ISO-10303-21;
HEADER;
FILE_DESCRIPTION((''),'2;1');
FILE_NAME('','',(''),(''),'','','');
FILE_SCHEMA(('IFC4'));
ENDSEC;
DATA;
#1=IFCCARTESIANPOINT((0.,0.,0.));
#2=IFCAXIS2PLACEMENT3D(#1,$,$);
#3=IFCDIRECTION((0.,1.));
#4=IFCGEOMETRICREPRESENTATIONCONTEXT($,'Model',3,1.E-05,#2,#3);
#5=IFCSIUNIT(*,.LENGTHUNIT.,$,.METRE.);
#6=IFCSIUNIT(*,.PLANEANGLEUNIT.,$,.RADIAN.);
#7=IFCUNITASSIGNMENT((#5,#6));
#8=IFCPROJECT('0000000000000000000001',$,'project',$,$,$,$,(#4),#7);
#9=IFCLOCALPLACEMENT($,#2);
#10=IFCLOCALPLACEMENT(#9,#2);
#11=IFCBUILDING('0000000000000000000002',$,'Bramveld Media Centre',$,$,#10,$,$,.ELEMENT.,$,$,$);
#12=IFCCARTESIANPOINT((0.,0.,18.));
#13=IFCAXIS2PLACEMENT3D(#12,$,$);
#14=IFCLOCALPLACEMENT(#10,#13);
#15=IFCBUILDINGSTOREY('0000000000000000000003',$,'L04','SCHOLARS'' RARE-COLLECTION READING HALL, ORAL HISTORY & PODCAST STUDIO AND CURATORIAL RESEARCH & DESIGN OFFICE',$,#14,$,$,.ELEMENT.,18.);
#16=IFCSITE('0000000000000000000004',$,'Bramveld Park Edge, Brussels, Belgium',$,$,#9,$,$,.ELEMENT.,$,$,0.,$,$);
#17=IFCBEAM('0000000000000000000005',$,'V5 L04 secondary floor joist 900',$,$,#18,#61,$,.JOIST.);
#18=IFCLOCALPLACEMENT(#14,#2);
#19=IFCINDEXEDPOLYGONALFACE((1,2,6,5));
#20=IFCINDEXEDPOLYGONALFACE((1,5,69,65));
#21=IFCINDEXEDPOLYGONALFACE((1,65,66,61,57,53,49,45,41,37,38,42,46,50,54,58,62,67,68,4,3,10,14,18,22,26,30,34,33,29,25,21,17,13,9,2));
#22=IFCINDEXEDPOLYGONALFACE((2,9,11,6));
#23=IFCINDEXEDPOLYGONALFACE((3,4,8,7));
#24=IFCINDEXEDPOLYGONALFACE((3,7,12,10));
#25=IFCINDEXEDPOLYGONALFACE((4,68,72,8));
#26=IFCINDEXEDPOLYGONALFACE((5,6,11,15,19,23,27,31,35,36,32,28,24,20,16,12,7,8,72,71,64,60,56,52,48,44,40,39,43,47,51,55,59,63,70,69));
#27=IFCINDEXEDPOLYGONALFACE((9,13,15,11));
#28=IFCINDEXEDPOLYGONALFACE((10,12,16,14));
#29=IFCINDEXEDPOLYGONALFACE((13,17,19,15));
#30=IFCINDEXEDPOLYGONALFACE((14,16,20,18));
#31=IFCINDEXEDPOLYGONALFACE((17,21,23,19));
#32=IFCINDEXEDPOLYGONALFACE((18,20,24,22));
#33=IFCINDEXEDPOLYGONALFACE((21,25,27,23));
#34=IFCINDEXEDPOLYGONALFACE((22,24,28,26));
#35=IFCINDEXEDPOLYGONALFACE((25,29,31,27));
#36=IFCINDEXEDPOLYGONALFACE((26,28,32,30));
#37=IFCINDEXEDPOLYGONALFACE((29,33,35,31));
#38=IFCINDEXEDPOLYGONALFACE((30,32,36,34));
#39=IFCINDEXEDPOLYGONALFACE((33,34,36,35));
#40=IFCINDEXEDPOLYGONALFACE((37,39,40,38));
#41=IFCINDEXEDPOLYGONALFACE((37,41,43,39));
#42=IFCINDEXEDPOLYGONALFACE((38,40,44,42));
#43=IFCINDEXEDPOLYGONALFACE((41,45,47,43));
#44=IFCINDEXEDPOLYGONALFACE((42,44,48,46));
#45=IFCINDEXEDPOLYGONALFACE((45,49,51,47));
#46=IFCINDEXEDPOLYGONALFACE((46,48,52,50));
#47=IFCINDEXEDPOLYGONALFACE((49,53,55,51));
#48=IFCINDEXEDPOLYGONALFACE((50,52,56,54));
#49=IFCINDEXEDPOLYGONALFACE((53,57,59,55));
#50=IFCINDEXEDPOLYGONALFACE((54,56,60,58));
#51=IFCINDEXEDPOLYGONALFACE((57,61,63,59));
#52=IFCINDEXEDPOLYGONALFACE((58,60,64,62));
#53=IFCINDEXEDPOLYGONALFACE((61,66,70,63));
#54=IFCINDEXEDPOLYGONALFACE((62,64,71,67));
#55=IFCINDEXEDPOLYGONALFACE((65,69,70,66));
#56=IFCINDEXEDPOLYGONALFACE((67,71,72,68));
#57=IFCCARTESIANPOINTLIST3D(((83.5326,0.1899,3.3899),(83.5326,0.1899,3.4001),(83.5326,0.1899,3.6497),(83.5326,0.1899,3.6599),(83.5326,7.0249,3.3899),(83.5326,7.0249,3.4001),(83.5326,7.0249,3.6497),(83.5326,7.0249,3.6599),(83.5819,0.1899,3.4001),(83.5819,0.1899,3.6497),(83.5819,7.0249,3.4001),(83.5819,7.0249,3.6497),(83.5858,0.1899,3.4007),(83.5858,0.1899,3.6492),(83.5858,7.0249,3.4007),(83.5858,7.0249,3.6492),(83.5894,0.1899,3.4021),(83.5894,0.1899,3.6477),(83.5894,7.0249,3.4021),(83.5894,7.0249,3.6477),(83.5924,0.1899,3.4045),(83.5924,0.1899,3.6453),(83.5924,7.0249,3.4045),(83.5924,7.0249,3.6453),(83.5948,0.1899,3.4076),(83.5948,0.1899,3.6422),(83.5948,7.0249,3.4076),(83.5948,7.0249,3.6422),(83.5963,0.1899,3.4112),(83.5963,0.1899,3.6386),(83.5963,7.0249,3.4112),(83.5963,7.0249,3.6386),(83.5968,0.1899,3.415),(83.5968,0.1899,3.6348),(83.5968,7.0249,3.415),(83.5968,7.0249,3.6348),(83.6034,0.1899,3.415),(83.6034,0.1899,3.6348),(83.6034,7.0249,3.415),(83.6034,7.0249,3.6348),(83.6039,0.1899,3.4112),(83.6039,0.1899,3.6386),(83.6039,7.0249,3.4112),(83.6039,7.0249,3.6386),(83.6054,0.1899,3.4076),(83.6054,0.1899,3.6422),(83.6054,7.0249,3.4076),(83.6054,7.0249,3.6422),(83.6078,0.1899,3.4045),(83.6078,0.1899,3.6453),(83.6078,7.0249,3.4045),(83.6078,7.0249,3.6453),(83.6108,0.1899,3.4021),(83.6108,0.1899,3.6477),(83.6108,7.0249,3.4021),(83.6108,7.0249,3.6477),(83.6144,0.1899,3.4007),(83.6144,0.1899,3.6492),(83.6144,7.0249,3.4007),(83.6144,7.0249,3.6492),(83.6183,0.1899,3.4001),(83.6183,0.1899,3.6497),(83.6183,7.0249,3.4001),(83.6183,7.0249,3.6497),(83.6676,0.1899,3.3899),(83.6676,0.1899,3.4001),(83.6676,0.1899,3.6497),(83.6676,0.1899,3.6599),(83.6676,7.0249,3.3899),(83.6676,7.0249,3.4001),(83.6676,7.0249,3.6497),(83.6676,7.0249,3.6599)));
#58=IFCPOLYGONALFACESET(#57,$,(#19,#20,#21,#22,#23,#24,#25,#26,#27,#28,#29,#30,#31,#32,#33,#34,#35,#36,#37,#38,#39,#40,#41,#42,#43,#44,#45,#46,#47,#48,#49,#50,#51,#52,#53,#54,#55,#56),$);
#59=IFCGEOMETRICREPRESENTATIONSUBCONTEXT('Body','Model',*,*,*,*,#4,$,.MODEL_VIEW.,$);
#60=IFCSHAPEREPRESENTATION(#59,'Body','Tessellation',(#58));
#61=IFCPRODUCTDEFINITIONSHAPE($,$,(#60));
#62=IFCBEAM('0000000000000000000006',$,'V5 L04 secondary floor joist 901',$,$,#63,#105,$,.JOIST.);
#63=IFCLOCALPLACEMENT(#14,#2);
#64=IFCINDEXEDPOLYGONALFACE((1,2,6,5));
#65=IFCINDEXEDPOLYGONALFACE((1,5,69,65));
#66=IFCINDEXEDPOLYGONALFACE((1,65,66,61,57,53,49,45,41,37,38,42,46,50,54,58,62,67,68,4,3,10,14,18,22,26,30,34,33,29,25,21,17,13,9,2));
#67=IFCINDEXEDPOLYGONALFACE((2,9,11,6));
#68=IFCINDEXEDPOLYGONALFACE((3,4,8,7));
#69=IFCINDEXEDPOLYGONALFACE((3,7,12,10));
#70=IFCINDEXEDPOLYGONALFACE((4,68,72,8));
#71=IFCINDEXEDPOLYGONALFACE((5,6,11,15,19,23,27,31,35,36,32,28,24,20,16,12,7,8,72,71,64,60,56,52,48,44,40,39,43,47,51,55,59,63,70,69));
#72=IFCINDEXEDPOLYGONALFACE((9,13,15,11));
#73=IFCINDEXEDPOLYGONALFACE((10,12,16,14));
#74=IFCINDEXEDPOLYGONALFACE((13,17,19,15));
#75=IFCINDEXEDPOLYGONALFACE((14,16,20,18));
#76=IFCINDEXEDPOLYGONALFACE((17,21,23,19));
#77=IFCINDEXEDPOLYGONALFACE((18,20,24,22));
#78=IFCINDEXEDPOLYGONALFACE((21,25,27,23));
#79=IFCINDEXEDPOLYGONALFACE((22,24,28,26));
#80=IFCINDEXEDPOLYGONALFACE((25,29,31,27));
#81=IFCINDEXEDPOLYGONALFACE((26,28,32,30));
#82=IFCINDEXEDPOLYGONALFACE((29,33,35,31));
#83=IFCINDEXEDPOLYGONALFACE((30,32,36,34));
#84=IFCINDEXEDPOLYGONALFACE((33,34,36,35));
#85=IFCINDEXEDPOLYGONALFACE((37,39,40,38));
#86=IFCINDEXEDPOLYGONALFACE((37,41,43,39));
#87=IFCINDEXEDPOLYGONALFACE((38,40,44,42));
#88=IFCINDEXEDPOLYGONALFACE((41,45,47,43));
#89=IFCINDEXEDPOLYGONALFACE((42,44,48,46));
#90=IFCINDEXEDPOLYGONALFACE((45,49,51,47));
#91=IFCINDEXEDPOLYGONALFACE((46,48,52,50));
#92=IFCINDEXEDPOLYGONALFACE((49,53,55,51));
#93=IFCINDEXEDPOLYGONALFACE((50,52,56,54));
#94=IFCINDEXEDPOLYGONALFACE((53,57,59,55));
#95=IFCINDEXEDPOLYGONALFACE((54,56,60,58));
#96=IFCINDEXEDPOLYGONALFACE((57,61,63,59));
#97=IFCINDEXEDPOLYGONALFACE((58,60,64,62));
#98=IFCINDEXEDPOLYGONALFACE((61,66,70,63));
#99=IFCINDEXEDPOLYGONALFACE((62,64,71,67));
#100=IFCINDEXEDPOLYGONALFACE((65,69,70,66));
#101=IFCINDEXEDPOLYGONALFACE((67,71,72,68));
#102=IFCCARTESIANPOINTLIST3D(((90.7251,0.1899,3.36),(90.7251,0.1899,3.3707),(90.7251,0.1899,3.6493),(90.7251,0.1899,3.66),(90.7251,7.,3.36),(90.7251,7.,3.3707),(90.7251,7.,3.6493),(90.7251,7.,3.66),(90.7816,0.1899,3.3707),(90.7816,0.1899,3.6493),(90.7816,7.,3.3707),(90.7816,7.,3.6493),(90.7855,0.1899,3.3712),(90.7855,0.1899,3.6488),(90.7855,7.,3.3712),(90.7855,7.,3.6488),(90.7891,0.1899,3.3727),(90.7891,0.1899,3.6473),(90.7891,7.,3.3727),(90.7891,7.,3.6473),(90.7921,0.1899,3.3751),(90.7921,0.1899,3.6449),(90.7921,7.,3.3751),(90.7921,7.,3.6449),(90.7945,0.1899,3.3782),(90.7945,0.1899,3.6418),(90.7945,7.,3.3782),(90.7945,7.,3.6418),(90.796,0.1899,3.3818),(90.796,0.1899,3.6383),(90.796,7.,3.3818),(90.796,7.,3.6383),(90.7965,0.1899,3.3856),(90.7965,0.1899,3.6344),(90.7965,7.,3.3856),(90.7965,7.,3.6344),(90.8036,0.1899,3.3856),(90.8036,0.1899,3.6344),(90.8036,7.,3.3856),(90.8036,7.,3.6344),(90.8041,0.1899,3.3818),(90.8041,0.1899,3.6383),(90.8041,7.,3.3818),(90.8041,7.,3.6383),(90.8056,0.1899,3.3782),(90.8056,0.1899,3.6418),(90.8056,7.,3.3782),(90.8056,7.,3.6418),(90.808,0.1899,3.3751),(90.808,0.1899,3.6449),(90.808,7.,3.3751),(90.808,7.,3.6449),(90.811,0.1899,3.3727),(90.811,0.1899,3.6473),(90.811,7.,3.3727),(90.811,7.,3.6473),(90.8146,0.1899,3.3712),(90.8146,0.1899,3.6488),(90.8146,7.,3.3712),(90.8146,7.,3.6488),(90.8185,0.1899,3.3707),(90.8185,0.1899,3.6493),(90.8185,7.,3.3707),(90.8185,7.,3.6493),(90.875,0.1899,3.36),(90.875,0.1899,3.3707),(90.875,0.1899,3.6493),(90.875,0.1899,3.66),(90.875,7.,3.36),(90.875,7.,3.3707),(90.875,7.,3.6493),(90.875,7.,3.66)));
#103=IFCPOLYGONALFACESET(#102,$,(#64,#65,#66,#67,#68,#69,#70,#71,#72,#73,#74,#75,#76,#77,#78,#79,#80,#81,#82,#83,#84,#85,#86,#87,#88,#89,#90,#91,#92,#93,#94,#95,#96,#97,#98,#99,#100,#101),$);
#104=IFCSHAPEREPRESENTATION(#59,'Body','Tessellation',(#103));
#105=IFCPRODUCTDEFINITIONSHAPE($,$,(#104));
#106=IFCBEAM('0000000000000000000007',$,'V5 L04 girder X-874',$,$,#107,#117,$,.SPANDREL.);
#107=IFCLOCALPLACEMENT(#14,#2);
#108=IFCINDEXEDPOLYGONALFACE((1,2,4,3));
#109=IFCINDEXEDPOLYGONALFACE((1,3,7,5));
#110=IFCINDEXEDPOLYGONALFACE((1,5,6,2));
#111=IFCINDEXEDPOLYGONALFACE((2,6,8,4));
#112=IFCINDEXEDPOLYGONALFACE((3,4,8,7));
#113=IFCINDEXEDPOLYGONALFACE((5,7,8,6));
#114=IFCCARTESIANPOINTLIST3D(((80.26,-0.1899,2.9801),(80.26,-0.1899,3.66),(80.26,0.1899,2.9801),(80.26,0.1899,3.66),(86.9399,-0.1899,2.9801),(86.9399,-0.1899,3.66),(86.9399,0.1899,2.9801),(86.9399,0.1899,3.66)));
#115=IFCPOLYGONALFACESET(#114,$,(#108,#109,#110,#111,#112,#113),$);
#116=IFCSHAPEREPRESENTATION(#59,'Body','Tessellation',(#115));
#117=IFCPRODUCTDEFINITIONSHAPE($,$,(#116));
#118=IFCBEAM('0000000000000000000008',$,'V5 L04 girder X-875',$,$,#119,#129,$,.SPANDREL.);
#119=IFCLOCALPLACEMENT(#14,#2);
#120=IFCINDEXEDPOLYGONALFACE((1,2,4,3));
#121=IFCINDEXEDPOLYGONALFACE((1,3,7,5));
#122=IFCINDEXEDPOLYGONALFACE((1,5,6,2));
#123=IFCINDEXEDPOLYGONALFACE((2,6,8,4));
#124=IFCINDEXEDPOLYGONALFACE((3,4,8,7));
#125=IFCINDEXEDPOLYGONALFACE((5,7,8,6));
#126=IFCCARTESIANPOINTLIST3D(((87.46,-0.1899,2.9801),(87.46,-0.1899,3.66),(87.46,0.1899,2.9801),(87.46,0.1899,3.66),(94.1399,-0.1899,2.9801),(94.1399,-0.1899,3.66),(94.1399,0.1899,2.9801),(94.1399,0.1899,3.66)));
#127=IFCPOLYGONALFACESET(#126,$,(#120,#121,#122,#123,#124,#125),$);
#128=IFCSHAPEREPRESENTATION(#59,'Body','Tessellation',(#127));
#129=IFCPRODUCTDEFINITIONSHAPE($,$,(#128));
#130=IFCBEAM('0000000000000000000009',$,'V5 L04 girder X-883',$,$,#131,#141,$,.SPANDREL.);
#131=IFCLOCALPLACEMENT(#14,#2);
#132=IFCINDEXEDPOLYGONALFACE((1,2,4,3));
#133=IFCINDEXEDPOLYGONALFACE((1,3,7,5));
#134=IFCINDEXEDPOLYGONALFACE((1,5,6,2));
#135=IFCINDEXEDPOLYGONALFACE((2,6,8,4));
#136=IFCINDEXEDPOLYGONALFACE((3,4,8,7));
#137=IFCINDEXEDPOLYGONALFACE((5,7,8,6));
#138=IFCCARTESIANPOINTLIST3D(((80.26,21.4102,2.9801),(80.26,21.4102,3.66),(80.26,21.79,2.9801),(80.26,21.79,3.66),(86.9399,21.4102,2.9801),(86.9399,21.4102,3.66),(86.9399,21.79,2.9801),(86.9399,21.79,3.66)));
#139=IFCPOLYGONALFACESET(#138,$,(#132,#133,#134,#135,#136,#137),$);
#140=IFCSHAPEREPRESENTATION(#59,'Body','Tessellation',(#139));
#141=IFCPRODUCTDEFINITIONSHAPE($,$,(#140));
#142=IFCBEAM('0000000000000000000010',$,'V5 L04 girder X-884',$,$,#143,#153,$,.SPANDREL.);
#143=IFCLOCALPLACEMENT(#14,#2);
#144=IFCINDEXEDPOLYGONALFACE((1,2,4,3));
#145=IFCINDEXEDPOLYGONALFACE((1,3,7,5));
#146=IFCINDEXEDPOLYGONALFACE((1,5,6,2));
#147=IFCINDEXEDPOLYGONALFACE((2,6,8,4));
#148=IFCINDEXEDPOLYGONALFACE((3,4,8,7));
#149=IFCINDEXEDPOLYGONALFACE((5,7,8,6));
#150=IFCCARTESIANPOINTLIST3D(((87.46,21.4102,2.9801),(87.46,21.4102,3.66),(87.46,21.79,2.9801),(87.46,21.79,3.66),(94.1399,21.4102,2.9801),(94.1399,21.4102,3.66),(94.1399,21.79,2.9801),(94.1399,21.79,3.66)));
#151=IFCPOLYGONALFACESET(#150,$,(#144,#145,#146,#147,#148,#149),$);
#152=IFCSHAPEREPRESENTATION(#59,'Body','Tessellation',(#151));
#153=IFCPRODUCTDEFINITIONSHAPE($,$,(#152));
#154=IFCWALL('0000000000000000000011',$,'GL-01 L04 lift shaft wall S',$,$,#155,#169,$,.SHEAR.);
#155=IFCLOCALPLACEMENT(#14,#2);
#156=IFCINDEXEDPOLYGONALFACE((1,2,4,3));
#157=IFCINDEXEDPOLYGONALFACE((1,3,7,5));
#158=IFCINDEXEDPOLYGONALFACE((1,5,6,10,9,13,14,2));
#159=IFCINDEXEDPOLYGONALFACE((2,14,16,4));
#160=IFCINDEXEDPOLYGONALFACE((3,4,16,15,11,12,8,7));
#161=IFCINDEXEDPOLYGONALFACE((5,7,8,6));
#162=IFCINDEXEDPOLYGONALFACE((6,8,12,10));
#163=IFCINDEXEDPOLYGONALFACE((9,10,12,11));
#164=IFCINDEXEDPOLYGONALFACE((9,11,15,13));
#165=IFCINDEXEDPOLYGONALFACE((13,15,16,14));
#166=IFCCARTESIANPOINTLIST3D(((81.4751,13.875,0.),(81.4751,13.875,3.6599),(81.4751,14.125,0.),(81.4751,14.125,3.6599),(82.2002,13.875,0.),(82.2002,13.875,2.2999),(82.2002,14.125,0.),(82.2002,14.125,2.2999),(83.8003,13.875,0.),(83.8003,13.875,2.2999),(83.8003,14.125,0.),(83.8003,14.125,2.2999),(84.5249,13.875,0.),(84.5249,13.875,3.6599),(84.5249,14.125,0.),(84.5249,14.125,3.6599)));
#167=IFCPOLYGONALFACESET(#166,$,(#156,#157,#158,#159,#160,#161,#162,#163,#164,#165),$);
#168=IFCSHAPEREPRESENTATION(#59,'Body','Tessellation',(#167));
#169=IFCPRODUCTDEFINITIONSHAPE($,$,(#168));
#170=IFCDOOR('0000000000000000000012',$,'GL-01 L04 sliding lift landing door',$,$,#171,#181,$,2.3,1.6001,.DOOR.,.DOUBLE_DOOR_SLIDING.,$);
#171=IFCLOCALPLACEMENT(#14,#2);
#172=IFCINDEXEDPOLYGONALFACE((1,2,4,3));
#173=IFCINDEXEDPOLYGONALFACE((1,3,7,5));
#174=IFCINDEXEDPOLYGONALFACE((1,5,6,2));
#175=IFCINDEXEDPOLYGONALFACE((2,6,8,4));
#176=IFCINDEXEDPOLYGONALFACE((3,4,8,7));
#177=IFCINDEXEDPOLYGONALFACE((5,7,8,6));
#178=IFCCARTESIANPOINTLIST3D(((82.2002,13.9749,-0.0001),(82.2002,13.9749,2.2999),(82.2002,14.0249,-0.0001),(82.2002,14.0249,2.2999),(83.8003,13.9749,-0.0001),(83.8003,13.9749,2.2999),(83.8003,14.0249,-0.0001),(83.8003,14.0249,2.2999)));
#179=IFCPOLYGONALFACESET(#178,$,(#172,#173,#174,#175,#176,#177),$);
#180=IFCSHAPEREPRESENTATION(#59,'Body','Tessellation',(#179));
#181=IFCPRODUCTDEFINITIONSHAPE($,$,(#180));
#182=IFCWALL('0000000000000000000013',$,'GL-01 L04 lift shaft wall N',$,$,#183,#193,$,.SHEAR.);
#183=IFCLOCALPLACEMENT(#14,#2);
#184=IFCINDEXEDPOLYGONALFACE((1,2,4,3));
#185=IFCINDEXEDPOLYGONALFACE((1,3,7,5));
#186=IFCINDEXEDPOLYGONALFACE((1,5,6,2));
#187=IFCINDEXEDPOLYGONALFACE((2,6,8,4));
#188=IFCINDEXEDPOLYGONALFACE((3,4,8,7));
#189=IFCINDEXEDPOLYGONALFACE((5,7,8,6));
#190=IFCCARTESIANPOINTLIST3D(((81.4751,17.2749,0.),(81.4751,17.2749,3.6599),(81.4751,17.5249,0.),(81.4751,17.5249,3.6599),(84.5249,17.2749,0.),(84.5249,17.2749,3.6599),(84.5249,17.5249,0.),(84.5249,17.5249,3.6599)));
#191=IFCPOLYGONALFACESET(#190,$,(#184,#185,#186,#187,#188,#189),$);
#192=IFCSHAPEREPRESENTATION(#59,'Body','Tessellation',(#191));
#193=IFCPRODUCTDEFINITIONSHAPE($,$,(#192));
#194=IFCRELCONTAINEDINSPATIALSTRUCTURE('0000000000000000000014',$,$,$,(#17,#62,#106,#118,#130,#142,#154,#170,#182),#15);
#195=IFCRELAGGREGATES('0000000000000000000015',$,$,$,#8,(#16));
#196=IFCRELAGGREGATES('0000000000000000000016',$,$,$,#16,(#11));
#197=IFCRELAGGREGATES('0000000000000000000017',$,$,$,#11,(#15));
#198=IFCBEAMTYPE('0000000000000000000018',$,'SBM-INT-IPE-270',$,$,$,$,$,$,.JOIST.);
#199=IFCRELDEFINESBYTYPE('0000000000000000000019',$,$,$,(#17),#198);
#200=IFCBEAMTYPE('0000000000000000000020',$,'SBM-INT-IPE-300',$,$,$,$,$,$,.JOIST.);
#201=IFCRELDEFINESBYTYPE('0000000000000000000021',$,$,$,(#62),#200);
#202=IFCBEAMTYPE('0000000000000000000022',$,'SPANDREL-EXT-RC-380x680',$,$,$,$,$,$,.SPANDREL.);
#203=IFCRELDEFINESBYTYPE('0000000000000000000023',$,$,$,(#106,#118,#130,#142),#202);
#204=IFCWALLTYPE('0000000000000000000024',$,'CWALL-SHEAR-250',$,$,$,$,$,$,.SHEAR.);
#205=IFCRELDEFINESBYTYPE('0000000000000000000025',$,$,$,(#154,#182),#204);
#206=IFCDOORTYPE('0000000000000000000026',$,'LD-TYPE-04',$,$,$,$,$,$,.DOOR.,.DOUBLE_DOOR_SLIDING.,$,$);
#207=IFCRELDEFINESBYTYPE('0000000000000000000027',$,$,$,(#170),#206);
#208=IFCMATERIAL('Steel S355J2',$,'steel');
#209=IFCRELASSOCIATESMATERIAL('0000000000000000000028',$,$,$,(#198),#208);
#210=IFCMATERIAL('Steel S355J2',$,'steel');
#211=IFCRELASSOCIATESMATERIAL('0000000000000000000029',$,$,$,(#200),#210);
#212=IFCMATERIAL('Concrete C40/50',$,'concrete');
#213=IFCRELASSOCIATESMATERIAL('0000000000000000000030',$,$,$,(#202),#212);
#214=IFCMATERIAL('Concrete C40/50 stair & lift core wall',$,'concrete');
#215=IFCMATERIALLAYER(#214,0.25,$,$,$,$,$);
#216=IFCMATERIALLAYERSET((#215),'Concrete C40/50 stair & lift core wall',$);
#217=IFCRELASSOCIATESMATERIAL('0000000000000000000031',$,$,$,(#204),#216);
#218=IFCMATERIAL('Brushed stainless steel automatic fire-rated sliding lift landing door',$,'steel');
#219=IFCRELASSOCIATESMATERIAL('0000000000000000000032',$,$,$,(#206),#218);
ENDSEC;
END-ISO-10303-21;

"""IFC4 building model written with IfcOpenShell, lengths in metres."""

from ifc_helpers import new_model, si_unit, direction, frame, frame_2d, origin, origin_2d, place, context, subcontext, project, spatial, rectangle, i_section, extrude, material, layer, layer_set, material_profile, profile_set, type_object, element, fill, save


model = new_model("IFC4")

# Units and contexts
model_context = context("Model", 3, precision=1e-05, world=origin(), true_north=direction((0.0, 1.0)))
body_context = subcontext(model_context, "Body", "Model", "MODEL_VIEW")
ifc_project = project(units=[si_unit("LENGTHUNIT", "METRE"), si_unit("PLANEANGLEUNIT", "RADIAN")], contexts=[model_context])

# Site, building, storey
site_placement = place(None, origin())
site = spatial("IfcSite", under=ifc_project, at=site_placement, Name="Bramveld Park Edge, Brussels, Belgium", CompositionType="ELEMENT", RefElevation=0.0)
building_placement = place(site_placement, origin())
building = spatial("IfcBuilding", under=site, at=building_placement, Name="Bramveld Media Centre", CompositionType="ELEMENT")
storey_placement = place(building_placement, frame((0.0, 0.0, 18.0)))
storey = spatial("IfcBuildingStorey", under=building, at=storey_placement, Name="L04", Description="SCHOLARS' RARE-COLLECTION READING HALL, ORAL HISTORY & PODCAST STUDIO AND CURATORIAL RESEARCH & DESIGN OFFICE", CompositionType="ELEMENT", Elevation=18.0)

# Beams
ifc_material_1 = material(Name="Steel S355J2", Category="steel")
ifc_material_profile_1 = material_profile(ifc_material_1, i_section(OverallWidth=0.135, OverallDepth=0.27, WebThickness=0.0066, FlangeThickness=0.0103, FilletRadius=0.0149, at=origin_2d()), Name="IPE 270")
ifc_profile_set_1 = profile_set([ifc_material_profile_1], Name="Steel S355J2")
beam_type_1 = type_object("IfcBeamType", Name="SBM-INT-IPE-270", PredefinedType="JOIST", material=ifc_profile_set_1)
beam_1_placement = place(storey_placement, frame((83.6001, 0.1899, 3.5249), z_axis=(0.0, 1.0, 0.0), x_axis=(-1.0, 0.0, 0.0)))
element("IfcBeam", 1, at=beam_1_placement, inside=storey, type_object=beam_type_1, Name="V5 L04 secondary floor joist 900", PredefinedType="JOIST", context=body_context, shape_type="SweptSolid", body=[
    extrude(i_section(OverallWidth=0.135, OverallDepth=0.27, WebThickness=0.0066, FlangeThickness=0.0103, FilletRadius=0.0149, at=origin_2d()), origin(), (0.0, 0.0, 1.0), 6.835),
])
ifc_material_2 = material(Name="Steel S355J2", Category="steel")
ifc_material_profile_2 = material_profile(ifc_material_2, i_section(OverallWidth=0.1499, OverallDepth=0.3, WebThickness=0.0071, FlangeThickness=0.0107, FilletRadius=0.0149, at=origin_2d()), Name="IPE 300")
ifc_profile_set_2 = profile_set([ifc_material_profile_2], Name="Steel S355J2")
beam_type_2 = type_object("IfcBeamType", Name="SBM-INT-IPE-300", PredefinedType="JOIST", material=ifc_profile_set_2)
beam_2_placement = place(storey_placement, frame((90.8, 0.1899, 3.51), z_axis=(0.0, 1.0, 0.0), x_axis=(-1.0, 0.0, 0.0)))
element("IfcBeam", 2, at=beam_2_placement, inside=storey, type_object=beam_type_2, Name="V5 L04 secondary floor joist 901", PredefinedType="JOIST", context=body_context, shape_type="SweptSolid", body=[
    extrude(i_section(OverallWidth=0.1499, OverallDepth=0.3, WebThickness=0.0071, FlangeThickness=0.0107, FilletRadius=0.0149, at=origin_2d()), origin(), (0.0, 0.0, 1.0), 6.8101),
])
ifc_material_3 = material(Name="Concrete C40/50", Category="concrete")
ifc_material_profile_3 = material_profile(ifc_material_3, rectangle(XDim=0.3799, YDim=0.6799, at=origin_2d()), Name="RC 380x680")
ifc_profile_set_3 = profile_set([ifc_material_profile_3], Name="Concrete C40/50")
beam_type_3 = type_object("IfcBeamType", Name="SPANDREL-EXT-RC-380x680", PredefinedType="SPANDREL", material=ifc_profile_set_3)
for number, where, z_axis, x_axis, name in (
    (3, (80.26, 0.0, 3.3201), (1.0, 0.0, 0.0), (0.0, 1.0, 0.0), "V5 L04 girder X-874"),
    (4, (87.46, 0.0, 3.3201), (1.0, 0.0, 0.0), (0.0, 1.0, 0.0), "V5 L04 girder X-875"),
    (5, (80.26, 21.6001, 3.3201), (1.0, 0.0, 0.0), (0.0, 1.0, 0.0), "V5 L04 girder X-883"),
    (6, (87.46, 21.6001, 3.3201), (1.0, 0.0, 0.0), (0.0, 1.0, 0.0), "V5 L04 girder X-884"),
):
    element("IfcBeam", number, at=place(storey_placement, frame(where, z_axis=z_axis, x_axis=x_axis)), inside=storey, type_object=beam_type_3, Name=name, PredefinedType="SPANDREL", context=body_context, shape_type="SweptSolid", body=[
        extrude(rectangle(XDim=0.3799, YDim=0.6799, at=origin_2d()), origin(), (0.0, 0.0, 1.0), 6.6799),
    ])

# Wall, opening, door
ifc_material_4 = material(Name="Concrete C40/50 stair & lift core wall", Category="concrete")
ifc_layer_1 = layer(ifc_material_4, 0.25)
ifc_layer_set_1 = layer_set([ifc_layer_1], Name="Concrete C40/50 stair & lift core wall")
wall_type_1 = type_object("IfcWallType", Name="CWALL-SHEAR-250", PredefinedType="SHEAR", material=ifc_layer_set_1)
wall_1_placement = place(storey_placement, frame((81.4751, 14.0, 0.0), z_axis=(0.0, 0.0, 1.0), x_axis=(1.0, 0.0, 0.0)))
wall_1 = element("IfcWall", 7, at=wall_1_placement, inside=storey, type_object=wall_type_1, Name="GL-01 L04 lift shaft wall S", PredefinedType="SHEAR", context=body_context, shape_type="SweptSolid", body=[
    extrude(rectangle(XDim=3.0498, YDim=0.25, at=frame_2d((1.5249, 0.0))), origin(), (0.0, 0.0, 1.0), 3.6599),
])
opening_1_placement = place(wall_1_placement, frame((0.7251, 0.0, 0.0)))
opening_1 = element("IfcOpeningElement", 8, at=opening_1_placement, cuts=wall_1, PredefinedType="OPENING", context=body_context, shape_type="SweptSolid", body=[
    extrude(rectangle(XDim=1.6001, YDim=2.3, at=frame_2d((0.8, 1.1499))), frame((0.0, 0.137, 0.0), z_axis=(0.0, -1.0, 0.0), x_axis=(1.0, 0.0, 0.0)), (0.0, 0.0, 1.0), 0.2739),
])
ifc_material_5 = material(Name="Brushed stainless steel automatic fire-rated sliding lift landing door", Category="steel")
door_type_1 = type_object("IfcDoorType", Name="LD-TYPE-04", OperationType="DOUBLE_DOOR_SLIDING", PredefinedType="DOOR", material=ifc_material_5)
door_1_placement = place(opening_1_placement, origin())
door_1 = element("IfcDoor", 9, at=door_1_placement, inside=storey, type_object=door_type_1, Name="GL-01 L04 sliding lift landing door", OperationType="DOUBLE_DOOR_SLIDING", OverallHeight=2.3, OverallWidth=1.6001, PredefinedType="DOOR", context=body_context, shape_type="SweptSolid", body=[
    extrude(rectangle(XDim=1.6001, YDim=2.3, at=frame_2d((0.8, 1.1499))), frame((0.0, 0.0249, 0.0), z_axis=(0.0, -1.0, 0.0), x_axis=(1.0, 0.0, 0.0)), (0.0, 0.0, 1.0), 0.05),
])
fill(opening_1, door_1)

# Wall
wall_2_placement = place(storey_placement, frame((84.5249, 17.3999, 0.0), z_axis=(0.0, 0.0, 1.0), x_axis=(-1.0, 0.0, 0.0)))
element("IfcWall", 10, at=wall_2_placement, inside=storey, type_object=wall_type_1, Name="GL-01 L04 lift shaft wall N", PredefinedType="SHEAR", context=body_context, shape_type="SweptSolid", body=[
    extrude(rectangle(XDim=3.0498, YDim=0.25, at=frame_2d((1.5249, 0.0))), origin(), (0.0, 0.0, 1.0), 3.6599),
])

save(model, "model.ifc")
